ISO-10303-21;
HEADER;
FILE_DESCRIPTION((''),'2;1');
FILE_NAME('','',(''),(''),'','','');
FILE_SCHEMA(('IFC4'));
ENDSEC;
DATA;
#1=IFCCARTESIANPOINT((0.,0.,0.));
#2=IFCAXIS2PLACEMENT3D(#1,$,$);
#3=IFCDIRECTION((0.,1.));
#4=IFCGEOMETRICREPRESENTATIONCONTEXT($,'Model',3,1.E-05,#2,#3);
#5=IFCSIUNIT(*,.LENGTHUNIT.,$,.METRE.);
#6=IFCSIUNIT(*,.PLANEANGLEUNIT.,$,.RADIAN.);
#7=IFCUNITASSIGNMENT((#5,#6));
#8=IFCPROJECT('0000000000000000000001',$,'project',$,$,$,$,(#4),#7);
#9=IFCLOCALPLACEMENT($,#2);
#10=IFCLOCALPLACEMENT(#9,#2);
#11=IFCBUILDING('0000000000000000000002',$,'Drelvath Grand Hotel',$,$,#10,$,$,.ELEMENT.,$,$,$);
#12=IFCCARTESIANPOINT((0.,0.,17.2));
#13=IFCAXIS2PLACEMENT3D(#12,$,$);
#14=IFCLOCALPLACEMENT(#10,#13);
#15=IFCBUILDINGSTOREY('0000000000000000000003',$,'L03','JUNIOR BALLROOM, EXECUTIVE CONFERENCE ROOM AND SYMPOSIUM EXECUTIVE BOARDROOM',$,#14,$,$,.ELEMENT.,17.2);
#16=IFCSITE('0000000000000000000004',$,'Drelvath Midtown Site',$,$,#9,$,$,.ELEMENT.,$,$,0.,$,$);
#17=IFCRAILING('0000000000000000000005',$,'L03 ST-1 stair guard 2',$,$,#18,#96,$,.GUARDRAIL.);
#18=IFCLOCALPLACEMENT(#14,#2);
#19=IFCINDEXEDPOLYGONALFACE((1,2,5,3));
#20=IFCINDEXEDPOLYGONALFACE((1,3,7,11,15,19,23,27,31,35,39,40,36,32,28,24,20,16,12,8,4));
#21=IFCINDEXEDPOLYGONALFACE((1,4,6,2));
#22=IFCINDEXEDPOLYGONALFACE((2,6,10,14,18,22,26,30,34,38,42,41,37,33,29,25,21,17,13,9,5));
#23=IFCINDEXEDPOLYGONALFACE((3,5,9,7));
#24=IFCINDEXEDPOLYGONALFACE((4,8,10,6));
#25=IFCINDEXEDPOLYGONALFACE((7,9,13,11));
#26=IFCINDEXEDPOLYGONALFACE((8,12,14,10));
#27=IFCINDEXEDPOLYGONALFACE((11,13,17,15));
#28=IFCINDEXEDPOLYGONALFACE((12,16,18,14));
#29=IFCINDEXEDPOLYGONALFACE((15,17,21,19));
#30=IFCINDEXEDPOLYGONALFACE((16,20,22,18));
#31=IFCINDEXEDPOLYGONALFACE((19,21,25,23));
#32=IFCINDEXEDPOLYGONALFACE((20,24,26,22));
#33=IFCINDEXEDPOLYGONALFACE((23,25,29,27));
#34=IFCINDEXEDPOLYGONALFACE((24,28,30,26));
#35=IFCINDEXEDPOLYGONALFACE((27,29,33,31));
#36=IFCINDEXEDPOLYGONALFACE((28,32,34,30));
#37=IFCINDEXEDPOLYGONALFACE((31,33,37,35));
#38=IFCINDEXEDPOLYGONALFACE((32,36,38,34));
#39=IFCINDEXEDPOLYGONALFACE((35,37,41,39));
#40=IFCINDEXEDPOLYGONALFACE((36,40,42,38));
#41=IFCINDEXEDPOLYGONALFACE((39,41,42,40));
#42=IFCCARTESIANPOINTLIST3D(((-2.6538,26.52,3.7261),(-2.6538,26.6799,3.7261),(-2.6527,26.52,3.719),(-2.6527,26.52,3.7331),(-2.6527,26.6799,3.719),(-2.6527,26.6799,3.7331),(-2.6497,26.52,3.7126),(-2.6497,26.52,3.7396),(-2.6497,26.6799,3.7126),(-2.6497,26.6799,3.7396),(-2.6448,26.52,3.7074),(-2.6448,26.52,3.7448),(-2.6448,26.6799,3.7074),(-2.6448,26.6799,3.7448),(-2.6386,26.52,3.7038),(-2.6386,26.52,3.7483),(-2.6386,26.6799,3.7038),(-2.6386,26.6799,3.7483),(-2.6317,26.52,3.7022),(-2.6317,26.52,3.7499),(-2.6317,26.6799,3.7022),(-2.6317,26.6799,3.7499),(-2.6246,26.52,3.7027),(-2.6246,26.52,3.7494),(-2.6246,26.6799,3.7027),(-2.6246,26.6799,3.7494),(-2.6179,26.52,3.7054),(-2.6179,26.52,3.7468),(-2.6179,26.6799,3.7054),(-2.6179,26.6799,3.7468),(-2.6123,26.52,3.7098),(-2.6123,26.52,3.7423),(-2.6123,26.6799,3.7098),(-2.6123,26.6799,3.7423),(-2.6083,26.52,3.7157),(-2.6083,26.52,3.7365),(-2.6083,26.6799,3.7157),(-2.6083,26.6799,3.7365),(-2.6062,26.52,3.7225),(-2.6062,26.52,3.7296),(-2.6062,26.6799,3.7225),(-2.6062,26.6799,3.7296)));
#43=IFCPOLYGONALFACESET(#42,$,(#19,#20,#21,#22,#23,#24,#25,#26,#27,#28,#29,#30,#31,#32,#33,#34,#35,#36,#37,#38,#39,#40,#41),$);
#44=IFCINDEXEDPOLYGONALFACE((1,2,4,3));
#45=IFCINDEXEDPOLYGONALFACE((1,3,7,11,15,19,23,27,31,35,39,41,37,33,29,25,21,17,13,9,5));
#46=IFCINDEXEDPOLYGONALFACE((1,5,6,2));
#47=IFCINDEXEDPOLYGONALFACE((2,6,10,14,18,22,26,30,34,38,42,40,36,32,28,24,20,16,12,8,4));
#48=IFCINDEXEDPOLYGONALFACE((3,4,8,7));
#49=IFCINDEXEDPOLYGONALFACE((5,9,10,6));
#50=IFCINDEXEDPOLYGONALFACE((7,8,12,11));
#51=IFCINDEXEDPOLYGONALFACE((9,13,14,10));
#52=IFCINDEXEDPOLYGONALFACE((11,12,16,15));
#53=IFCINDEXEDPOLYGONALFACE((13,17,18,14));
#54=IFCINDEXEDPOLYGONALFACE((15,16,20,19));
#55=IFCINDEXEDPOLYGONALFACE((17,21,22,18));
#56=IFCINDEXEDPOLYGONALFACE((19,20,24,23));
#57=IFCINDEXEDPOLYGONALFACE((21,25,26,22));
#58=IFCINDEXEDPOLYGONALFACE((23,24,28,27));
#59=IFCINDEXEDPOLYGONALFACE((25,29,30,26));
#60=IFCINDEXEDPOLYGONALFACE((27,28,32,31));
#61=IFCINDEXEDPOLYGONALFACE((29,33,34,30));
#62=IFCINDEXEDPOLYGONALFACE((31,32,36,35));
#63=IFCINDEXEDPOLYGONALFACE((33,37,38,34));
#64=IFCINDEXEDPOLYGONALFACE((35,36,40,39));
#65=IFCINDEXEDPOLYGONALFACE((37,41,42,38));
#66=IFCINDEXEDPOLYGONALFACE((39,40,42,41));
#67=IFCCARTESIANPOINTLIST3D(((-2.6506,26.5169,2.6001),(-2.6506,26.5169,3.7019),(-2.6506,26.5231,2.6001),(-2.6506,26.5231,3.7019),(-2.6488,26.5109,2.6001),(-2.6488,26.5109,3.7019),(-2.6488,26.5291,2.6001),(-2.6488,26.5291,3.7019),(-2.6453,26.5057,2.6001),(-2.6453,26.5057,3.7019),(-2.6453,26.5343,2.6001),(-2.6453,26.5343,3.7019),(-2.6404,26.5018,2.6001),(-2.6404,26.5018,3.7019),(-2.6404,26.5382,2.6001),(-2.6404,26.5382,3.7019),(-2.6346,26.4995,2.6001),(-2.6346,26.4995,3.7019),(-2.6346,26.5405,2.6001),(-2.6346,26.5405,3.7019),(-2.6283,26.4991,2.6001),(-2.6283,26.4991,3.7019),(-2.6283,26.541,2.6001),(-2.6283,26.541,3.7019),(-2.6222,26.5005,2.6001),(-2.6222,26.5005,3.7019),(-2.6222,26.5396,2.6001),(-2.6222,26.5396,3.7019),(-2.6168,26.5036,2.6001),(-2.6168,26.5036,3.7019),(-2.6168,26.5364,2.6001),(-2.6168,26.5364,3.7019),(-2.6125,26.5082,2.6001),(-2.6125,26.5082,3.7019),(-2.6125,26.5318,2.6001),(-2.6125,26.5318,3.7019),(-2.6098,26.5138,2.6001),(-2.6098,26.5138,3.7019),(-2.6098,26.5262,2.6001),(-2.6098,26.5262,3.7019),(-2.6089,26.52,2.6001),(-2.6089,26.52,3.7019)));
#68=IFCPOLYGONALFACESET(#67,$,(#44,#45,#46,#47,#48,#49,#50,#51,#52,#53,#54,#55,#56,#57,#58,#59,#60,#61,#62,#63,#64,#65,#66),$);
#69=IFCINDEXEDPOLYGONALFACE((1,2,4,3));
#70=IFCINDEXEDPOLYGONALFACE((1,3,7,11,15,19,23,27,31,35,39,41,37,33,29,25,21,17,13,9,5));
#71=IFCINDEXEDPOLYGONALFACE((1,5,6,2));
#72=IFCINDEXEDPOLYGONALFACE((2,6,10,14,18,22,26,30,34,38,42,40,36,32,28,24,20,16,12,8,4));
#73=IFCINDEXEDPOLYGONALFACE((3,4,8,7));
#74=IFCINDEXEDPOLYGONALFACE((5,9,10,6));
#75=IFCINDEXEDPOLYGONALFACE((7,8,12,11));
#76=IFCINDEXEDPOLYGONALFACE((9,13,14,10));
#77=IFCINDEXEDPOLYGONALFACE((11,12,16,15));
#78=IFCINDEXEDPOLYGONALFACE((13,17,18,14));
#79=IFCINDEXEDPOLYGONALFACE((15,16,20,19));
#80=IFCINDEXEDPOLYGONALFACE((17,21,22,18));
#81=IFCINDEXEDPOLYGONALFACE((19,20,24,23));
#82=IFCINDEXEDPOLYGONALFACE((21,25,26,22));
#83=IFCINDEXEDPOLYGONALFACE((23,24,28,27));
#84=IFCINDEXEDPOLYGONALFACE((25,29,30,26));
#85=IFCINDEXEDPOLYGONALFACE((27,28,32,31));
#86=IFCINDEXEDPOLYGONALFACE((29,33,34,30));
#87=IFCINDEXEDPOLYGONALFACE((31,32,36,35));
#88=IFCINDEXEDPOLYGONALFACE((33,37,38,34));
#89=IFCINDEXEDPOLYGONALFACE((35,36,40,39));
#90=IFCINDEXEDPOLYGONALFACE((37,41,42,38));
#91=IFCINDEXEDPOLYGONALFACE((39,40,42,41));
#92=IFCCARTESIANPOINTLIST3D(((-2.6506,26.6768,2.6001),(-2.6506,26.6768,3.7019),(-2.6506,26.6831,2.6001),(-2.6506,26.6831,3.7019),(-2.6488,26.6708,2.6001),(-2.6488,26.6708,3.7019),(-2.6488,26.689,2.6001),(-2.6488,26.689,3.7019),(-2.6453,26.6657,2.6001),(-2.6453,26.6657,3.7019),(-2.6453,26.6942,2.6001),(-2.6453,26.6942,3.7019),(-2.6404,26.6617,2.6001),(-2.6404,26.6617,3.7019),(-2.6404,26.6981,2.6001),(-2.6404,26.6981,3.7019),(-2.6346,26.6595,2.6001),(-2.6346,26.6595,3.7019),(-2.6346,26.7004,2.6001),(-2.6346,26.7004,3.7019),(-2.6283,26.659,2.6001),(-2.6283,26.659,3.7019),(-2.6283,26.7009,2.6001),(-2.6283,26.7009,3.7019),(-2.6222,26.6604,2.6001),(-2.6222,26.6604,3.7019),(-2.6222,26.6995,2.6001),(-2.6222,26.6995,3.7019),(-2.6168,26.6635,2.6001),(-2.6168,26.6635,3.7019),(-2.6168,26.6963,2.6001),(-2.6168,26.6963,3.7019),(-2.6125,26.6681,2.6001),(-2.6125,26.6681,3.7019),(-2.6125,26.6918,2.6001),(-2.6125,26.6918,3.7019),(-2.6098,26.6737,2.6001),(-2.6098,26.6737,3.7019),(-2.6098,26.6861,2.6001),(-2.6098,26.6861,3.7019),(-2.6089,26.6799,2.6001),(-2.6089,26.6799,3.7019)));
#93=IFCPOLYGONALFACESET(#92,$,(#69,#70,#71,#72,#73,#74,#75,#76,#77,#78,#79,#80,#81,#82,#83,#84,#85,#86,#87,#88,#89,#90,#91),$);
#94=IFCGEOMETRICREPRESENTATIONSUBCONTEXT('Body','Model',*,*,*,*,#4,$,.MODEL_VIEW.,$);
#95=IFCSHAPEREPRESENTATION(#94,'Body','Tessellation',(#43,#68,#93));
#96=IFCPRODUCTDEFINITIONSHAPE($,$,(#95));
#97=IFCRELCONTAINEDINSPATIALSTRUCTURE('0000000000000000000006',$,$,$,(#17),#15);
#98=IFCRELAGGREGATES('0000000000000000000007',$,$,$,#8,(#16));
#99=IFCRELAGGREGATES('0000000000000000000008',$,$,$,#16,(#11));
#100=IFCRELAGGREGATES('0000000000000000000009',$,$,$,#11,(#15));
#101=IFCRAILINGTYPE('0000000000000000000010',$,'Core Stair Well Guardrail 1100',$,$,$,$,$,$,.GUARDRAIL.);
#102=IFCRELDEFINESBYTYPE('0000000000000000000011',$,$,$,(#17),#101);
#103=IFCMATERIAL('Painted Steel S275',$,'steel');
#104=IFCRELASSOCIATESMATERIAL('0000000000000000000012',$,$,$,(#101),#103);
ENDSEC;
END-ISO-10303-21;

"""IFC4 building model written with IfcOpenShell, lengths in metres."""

from ifc_helpers import new_model, si_unit, direction, frame, origin, origin_2d, place, context, subcontext, project, spatial, circle, extrude, material, type_object, element, save


model = new_model("IFC4")

# Units and contexts
model_context = context("Model", 3, precision=1e-05, world=origin(), true_north=direction((0.0, 1.0)))
body_context = subcontext(model_context, "Body", "Model", "MODEL_VIEW")
ifc_project = project(units=[si_unit("LENGTHUNIT", "METRE"), si_unit("PLANEANGLEUNIT", "RADIAN")], contexts=[model_context])

# Site, building, storey
site_placement = place(None, origin())
site = spatial("IfcSite", under=ifc_project, at=site_placement, Name="Drelvath Midtown Site", CompositionType="ELEMENT", RefElevation=0.0)
building_placement = place(site_placement, origin())
building = spatial("IfcBuilding", under=site, at=building_placement, Name="Drelvath Grand Hotel", CompositionType="ELEMENT")
storey_placement = place(building_placement, frame((0.0, 0.0, 17.2)))
storey = spatial("IfcBuildingStorey", under=building, at=storey_placement, Name="L03", Description="JUNIOR BALLROOM, EXECUTIVE CONFERENCE ROOM AND SYMPOSIUM EXECUTIVE BOARDROOM", CompositionType="ELEMENT", Elevation=17.2)

# Shared definitions
ifc_material_1 = material(Name="Painted Steel S275", Category="steel")

# Railing
railing_type_1 = type_object("IfcRailingType", Name="Core Stair Well Guardrail 1100", PredefinedType="GUARDRAIL", material=ifc_material_1)
railing_1_placement = place(storey_placement, frame((-2.6299, 26.52, 2.6001)))
element("IfcRailing", 1, at=railing_1_placement, inside=storey, type_object=railing_type_1, Name="L03 ST-1 stair guard 2", PredefinedType="GUARDRAIL", context=body_context, shape_type="SweptSolid", body=[
    extrude(circle(Radius=0.0239, at=origin_2d()), frame((0.0, 0.0, 1.126), z_axis=(0.0, 1.0, 0.0), x_axis=(-1.0, 0.0, 0.0)), (0.0, 0.0, 1.0), 0.1599),
    extrude(circle(Radius=0.021, at=origin_2d()), origin(), (0.0, 0.0, 1.0), 1.1018),
    extrude(circle(Radius=0.021, at=origin_2d()), frame((0.0, 0.1599, 0.0)), (0.0, 0.0, 1.0), 1.1018),
])

save(model, "model.ifc")
